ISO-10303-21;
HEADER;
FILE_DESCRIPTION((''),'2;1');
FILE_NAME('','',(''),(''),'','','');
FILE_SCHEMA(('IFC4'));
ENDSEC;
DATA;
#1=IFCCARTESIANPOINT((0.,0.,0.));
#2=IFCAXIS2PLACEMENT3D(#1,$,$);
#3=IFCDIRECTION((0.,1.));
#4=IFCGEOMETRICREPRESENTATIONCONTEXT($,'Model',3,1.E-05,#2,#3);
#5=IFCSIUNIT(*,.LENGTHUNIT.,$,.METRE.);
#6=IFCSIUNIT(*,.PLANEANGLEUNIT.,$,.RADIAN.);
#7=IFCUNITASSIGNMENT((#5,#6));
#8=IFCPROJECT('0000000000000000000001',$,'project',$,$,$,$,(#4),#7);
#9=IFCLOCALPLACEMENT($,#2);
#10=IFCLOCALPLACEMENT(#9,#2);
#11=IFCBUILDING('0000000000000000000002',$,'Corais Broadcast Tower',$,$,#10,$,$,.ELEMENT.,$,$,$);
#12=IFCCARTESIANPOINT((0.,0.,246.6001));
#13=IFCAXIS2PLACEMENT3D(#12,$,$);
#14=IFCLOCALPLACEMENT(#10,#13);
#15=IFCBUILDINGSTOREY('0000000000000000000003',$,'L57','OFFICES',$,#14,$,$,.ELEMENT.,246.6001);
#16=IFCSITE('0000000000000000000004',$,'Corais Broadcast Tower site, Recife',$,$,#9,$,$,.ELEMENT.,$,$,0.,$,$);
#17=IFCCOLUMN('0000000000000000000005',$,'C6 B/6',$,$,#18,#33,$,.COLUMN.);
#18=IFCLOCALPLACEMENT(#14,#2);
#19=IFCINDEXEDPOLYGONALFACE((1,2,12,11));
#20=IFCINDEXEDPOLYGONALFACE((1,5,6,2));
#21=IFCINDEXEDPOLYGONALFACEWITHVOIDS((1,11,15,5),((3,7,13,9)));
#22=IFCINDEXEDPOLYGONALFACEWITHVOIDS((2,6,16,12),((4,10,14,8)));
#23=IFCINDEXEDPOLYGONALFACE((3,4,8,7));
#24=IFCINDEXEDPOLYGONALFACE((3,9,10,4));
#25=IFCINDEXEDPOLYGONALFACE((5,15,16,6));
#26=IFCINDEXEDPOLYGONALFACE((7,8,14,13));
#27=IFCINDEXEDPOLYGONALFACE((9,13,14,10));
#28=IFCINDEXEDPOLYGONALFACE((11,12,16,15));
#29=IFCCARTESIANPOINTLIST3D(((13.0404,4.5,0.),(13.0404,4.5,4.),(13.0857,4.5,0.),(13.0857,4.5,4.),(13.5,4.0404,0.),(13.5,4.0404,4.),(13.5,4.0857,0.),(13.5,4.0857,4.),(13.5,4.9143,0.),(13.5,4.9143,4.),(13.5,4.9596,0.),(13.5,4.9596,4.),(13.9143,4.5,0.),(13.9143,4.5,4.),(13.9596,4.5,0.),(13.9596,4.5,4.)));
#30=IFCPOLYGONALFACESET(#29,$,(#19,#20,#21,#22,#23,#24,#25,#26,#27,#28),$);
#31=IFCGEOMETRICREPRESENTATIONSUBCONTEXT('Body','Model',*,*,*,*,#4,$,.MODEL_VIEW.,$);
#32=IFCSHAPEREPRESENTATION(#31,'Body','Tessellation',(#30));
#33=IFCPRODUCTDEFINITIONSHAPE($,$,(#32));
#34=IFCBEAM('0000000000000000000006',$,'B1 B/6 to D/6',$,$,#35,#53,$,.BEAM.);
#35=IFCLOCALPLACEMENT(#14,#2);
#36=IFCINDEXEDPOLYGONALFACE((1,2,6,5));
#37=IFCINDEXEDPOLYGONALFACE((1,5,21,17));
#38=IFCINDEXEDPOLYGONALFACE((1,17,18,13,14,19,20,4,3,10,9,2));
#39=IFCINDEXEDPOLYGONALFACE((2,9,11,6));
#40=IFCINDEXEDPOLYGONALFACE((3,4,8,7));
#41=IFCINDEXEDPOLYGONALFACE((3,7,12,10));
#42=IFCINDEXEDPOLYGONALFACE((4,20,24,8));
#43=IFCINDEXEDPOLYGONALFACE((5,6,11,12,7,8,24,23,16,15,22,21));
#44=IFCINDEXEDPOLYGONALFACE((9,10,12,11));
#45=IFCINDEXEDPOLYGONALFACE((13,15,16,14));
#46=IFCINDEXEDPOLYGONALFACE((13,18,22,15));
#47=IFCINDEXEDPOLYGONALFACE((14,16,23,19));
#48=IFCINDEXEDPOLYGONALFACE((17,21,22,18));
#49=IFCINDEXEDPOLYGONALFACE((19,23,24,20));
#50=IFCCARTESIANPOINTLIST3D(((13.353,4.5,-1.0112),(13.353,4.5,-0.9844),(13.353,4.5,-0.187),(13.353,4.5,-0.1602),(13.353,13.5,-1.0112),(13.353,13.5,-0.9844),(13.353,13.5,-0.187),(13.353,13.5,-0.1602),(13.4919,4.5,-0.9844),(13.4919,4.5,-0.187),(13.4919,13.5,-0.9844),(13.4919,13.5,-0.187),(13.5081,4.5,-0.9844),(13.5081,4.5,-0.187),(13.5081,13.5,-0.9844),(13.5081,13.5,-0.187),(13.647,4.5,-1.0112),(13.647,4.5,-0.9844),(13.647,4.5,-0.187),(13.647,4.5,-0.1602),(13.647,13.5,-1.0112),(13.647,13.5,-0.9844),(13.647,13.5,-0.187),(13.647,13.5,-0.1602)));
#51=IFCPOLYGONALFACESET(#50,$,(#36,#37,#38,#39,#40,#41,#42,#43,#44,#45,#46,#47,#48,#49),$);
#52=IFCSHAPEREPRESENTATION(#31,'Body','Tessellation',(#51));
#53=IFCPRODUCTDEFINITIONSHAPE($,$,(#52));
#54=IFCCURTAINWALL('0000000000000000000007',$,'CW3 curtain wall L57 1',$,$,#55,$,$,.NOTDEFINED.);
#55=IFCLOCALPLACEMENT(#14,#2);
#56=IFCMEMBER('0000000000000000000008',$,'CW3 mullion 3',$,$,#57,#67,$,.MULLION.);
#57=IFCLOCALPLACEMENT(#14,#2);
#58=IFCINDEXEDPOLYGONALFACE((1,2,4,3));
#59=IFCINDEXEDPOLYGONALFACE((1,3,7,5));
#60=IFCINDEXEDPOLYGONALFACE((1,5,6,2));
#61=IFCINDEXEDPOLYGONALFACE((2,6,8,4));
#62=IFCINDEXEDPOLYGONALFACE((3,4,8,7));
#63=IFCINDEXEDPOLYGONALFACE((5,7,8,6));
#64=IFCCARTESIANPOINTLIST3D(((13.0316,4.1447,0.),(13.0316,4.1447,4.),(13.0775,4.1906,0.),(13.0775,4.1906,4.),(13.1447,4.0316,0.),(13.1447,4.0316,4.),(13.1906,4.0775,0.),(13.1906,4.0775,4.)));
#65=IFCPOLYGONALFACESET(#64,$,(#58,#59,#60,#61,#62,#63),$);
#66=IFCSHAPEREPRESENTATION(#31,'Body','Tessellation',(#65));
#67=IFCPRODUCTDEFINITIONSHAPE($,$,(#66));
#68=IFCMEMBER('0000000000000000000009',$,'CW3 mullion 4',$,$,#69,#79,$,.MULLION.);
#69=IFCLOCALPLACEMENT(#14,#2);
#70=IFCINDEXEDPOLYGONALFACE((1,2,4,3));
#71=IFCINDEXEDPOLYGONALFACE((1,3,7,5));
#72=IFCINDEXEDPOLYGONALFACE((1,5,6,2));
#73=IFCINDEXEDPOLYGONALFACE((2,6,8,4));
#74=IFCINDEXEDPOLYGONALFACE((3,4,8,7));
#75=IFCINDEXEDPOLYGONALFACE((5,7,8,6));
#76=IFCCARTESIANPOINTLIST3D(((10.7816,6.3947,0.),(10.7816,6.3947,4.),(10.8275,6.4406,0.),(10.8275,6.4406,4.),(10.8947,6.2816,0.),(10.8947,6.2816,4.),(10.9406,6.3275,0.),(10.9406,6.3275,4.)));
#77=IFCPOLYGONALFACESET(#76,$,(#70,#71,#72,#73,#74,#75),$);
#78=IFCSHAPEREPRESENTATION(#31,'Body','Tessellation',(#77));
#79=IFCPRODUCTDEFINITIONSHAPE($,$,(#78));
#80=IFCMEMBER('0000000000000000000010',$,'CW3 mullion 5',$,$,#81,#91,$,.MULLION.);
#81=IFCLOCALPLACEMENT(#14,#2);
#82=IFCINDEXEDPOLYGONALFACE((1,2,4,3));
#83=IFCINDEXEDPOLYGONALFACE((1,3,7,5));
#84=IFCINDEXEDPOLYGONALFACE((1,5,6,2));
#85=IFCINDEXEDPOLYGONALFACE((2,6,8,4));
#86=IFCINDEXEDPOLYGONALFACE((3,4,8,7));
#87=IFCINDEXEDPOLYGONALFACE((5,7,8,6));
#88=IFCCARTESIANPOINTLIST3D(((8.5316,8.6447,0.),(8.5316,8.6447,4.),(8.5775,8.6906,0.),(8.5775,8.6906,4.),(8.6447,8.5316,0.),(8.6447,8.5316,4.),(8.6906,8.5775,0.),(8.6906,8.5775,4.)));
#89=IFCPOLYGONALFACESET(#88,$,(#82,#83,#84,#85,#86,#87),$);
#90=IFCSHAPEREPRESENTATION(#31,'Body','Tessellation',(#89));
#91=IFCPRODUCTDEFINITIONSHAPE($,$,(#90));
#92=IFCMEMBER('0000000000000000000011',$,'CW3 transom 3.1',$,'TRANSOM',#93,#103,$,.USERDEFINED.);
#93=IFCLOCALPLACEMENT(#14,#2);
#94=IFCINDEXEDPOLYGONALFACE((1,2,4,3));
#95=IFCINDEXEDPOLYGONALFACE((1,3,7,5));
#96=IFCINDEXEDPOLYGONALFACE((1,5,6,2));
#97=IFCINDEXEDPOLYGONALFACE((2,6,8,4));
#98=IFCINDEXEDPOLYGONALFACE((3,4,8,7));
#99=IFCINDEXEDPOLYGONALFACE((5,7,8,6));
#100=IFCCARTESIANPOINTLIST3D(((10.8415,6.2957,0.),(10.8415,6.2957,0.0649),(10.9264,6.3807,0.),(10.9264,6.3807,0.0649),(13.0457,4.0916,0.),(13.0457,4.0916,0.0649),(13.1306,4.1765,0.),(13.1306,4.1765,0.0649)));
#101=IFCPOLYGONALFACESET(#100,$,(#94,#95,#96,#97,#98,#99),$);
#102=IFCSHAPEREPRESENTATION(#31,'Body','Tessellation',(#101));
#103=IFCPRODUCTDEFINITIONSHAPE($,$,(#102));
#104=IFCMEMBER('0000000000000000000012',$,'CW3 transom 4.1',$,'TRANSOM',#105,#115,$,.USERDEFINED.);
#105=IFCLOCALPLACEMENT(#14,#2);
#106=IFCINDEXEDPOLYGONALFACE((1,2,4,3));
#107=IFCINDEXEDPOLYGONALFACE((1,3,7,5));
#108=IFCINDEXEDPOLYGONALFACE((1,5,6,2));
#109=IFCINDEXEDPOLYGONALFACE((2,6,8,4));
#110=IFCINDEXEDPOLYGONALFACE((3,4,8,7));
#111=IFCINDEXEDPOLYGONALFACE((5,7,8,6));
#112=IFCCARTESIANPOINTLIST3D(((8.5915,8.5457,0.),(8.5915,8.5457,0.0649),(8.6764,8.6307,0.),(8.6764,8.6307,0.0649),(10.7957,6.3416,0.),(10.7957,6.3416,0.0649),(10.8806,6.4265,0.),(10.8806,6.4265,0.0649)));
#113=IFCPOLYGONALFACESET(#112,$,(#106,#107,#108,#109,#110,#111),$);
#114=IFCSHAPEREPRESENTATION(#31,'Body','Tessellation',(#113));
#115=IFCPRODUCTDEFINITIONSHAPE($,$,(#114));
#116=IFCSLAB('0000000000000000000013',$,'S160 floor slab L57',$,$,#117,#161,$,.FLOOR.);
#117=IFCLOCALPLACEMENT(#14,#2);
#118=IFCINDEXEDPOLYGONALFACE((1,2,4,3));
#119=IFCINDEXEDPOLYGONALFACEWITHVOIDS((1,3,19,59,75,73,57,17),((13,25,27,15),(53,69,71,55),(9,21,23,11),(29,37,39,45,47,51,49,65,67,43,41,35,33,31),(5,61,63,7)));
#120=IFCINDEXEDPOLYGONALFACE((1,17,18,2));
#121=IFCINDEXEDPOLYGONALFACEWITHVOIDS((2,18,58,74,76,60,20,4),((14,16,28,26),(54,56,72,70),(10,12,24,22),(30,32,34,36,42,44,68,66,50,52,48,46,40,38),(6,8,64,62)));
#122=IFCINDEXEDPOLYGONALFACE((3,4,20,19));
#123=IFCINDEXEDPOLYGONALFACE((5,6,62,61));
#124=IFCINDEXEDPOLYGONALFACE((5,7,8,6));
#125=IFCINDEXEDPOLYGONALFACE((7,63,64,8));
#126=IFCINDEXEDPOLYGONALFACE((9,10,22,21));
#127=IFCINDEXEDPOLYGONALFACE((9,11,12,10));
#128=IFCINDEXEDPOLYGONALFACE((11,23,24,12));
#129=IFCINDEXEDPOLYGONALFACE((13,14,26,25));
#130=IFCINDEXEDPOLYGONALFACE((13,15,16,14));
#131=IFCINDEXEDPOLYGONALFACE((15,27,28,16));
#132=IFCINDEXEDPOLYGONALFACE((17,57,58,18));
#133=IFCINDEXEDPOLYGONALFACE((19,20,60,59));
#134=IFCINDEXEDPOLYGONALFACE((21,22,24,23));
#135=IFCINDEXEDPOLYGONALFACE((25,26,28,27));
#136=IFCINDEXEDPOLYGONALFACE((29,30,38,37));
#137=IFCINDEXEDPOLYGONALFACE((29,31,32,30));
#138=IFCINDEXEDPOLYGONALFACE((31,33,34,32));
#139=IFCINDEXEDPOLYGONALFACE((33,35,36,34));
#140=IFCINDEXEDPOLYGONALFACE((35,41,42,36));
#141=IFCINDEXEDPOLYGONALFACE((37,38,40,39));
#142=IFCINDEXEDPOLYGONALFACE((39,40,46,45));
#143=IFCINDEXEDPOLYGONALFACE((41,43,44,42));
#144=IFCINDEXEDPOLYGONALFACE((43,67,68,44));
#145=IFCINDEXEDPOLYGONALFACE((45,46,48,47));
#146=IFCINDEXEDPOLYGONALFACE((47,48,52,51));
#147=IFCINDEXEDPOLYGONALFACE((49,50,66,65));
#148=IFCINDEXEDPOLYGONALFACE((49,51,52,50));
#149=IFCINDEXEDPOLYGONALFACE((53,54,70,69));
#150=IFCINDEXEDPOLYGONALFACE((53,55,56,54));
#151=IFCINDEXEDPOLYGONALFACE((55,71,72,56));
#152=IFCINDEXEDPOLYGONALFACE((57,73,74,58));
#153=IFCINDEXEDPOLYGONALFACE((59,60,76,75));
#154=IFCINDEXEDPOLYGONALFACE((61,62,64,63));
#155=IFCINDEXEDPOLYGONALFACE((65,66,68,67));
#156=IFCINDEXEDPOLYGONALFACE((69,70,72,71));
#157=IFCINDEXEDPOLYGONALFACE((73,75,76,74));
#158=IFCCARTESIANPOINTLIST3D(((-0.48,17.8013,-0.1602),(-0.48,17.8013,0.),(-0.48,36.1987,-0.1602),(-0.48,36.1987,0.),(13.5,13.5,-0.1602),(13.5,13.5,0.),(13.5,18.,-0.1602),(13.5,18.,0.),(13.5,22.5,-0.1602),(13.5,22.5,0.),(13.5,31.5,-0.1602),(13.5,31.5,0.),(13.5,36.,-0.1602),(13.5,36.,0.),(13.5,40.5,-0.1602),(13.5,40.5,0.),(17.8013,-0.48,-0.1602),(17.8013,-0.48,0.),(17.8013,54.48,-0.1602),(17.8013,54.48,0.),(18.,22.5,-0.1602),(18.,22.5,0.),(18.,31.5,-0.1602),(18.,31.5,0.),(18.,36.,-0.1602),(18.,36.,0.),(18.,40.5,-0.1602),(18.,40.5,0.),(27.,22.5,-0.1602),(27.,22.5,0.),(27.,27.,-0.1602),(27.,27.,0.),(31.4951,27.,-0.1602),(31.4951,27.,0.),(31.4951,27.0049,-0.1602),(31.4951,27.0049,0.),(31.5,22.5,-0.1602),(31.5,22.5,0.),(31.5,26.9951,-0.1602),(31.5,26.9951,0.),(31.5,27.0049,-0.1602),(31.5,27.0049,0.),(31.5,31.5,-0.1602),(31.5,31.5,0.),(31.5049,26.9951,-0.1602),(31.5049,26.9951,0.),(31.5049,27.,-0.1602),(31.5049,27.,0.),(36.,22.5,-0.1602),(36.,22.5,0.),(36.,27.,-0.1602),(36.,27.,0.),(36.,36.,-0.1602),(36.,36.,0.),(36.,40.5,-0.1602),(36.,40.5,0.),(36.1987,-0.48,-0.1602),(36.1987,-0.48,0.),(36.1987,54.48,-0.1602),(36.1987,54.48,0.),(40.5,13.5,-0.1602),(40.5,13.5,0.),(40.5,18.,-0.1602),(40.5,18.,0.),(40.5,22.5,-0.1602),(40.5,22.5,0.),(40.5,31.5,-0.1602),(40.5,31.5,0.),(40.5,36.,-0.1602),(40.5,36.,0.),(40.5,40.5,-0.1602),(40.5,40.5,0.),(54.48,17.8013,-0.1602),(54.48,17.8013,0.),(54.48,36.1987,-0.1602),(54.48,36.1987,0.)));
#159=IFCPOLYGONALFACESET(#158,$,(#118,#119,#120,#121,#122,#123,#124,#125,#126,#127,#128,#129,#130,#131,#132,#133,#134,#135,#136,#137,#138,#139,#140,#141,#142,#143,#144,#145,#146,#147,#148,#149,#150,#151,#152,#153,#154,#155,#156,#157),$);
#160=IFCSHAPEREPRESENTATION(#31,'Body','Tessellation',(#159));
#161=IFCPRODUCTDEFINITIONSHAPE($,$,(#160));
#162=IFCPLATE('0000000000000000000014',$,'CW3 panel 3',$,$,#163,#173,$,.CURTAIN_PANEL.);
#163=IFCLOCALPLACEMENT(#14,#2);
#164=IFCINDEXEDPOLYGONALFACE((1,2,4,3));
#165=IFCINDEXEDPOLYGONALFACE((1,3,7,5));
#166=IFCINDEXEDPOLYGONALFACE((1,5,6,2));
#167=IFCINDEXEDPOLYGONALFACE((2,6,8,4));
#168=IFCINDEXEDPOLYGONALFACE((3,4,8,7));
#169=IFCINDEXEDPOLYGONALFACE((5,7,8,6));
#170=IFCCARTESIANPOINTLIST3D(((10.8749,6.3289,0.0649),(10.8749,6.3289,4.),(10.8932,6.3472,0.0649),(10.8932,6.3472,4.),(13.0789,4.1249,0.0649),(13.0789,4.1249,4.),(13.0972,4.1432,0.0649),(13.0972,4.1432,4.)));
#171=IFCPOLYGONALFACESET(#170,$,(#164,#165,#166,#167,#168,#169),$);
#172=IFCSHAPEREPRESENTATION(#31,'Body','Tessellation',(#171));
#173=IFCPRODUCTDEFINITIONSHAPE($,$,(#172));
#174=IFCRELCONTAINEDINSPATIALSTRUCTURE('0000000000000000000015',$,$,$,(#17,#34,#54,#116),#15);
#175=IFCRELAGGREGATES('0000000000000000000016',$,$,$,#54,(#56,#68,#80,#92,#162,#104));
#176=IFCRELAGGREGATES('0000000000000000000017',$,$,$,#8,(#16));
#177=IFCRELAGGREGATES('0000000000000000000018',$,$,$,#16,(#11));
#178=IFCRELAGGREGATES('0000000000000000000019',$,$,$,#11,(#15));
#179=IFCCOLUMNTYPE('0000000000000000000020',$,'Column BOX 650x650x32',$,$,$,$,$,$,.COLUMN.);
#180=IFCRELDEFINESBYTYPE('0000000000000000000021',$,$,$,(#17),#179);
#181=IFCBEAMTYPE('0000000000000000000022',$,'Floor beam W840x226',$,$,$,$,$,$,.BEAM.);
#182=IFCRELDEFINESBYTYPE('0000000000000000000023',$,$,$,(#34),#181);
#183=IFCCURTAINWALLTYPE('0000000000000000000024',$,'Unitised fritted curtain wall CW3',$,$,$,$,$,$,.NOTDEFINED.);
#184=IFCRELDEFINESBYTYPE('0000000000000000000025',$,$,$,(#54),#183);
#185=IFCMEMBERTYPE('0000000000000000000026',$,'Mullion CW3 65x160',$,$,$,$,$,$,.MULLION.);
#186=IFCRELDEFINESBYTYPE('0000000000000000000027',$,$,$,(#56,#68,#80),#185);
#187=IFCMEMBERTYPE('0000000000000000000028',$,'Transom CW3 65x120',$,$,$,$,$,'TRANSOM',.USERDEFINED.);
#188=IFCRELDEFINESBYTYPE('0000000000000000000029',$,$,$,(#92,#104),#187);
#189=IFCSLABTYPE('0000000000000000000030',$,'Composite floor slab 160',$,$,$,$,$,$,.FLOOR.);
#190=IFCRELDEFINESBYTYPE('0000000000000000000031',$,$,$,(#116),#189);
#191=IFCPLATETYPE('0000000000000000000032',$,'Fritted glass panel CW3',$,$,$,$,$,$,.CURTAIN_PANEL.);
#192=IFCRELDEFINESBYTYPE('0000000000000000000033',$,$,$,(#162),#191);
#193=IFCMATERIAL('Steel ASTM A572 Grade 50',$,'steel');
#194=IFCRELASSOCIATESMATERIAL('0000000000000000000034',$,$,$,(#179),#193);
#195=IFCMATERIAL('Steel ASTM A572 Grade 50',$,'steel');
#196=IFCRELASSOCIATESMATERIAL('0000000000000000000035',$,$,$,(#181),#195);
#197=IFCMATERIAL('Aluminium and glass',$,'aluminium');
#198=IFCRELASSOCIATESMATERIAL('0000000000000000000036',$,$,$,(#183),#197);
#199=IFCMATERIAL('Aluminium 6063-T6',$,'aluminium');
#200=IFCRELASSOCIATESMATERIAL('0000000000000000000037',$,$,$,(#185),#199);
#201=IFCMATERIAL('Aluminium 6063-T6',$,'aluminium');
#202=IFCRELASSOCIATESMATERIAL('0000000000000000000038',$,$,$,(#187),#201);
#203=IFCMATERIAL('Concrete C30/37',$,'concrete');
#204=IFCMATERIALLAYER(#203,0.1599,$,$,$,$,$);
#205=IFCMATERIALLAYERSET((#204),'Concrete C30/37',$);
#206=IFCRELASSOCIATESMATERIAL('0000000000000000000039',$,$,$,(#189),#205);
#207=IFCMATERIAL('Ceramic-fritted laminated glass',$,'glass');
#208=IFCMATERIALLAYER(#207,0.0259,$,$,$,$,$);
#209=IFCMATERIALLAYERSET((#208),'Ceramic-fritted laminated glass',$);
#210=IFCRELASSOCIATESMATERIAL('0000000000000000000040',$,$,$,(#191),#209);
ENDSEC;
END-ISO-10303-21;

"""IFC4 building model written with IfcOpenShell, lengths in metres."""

from ifc_helpers import new_model, si_unit, direction, frame, origin, origin_2d, place, context, subcontext, project, spatial, polyline, rectangle, hollow_rectangle, i_section, outline, extrude, material, layer, layer_set, material_profile, profile_set, type_object, element, aggregate, save


model = new_model("IFC4")

# Units and contexts
model_context = context("Model", 3, precision=1e-05, world=origin(), true_north=direction((0.0, 1.0)))
body_context = subcontext(model_context, "Body", "Model", "MODEL_VIEW")
ifc_project = project(units=[si_unit("LENGTHUNIT", "METRE"), si_unit("PLANEANGLEUNIT", "RADIAN")], contexts=[model_context])

# Site, building, storey
site_placement = place(None, origin())
site = spatial("IfcSite", under=ifc_project, at=site_placement, Name="Corais Broadcast Tower site, Recife", CompositionType="ELEMENT", RefElevation=0.0)
building_placement = place(site_placement, origin())
building = spatial("IfcBuilding", under=site, at=building_placement, Name="Corais Broadcast Tower", CompositionType="ELEMENT")
storey_placement = place(building_placement, frame((0.0, 0.0, 246.6001)))
storey = spatial("IfcBuildingStorey", under=building, at=storey_placement, Name="L57", Description="OFFICES", CompositionType="ELEMENT", Elevation=246.6001)

# Column
ifc_material_1 = material(Name="Steel ASTM A572 Grade 50", Category="steel")
ifc_material_profile_1 = material_profile(ifc_material_1, hollow_rectangle(XDim=0.6499, YDim=0.6499, WallThickness=0.032, at=origin_2d()), Name="BOX 650x650x32")
ifc_profile_set_1 = profile_set([ifc_material_profile_1], Name="Steel ASTM A572 Grade 50")
column_type = type_object("IfcColumnType", Name="Column BOX 650x650x32", PredefinedType="COLUMN", material=ifc_profile_set_1)
column_placement = place(storey_placement, frame((13.5, 4.5, 0.0), z_axis=(0.0, 0.0, 1.0), x_axis=(0.707107, 0.707107, 0.0)))
element("IfcColumn", 1, at=column_placement, inside=storey, type_object=column_type, Name="C6 B/6", PredefinedType="COLUMN", context=body_context, shape_type="SweptSolid", body=[
    extrude(hollow_rectangle(XDim=0.6499, YDim=0.6499, WallThickness=0.032, at=origin_2d()), origin(), (0.0, 0.0, 1.0), 4.0),
])

# Beam
ifc_material_2 = material(Name="Steel ASTM A572 Grade 50", Category="steel")
ifc_material_profile_2 = material_profile(ifc_material_2, i_section(OverallWidth=0.2939, OverallDepth=0.8511, WebThickness=0.0161, FlangeThickness=0.0269, at=origin_2d()), Name="W840x226")
ifc_profile_set_2 = profile_set([ifc_material_profile_2], Name="Steel ASTM A572 Grade 50")
beam_type = type_object("IfcBeamType", Name="Floor beam W840x226", PredefinedType="BEAM", material=ifc_profile_set_2)
beam_placement = place(storey_placement, frame((13.5, 4.5, -0.5857), z_axis=(0.0, 1.0, 0.0), x_axis=(-1.0, 0.0, 0.0)))
element("IfcBeam", 2, at=beam_placement, inside=storey, type_object=beam_type, Name="B1 B/6 to D/6", PredefinedType="BEAM", context=body_context, shape_type="SweptSolid", body=[
    extrude(i_section(OverallWidth=0.2939, OverallDepth=0.8511, WebThickness=0.0161, FlangeThickness=0.0269, at=origin_2d()), origin(), (0.0, 0.0, 1.0), 9.0),
])

# Curtain wall, members
ifc_material_3 = material(Name="Aluminium and glass", Category="aluminium")
curtain_wall_type = type_object("IfcCurtainWallType", Name="Unitised fritted curtain wall CW3", PredefinedType="NOTDEFINED", material=ifc_material_3)
curtain_wall_placement = place(storey_placement, origin())
curtain_wall = element("IfcCurtainWall", 3, at=curtain_wall_placement, inside=storey, type_object=curtain_wall_type, Name="CW3 curtain wall L57 1", PredefinedType="NOTDEFINED")
ifc_material_4 = material(Name="Aluminium 6063-T6", Category="aluminium")
ifc_material_profile_3 = material_profile(ifc_material_4, rectangle(XDim=0.0649, YDim=0.1599, at=origin_2d()), Name="Mullion CW3 65x160")
ifc_profile_set_3 = profile_set([ifc_material_profile_3], Name="Aluminium 6063-T6")
member_type_1 = type_object("IfcMemberType", Name="Mullion CW3 65x160", PredefinedType="MULLION", material=ifc_profile_set_3)
member_1_placement = place(storey_placement, frame((13.1111, 4.1111, 0.0), z_axis=(0.0, 0.0, 1.0), x_axis=(-0.707107, -0.707107, 0.0)))
member_1 = element("IfcMember", 4, at=member_1_placement, type_object=member_type_1, Name="CW3 mullion 3", PredefinedType="MULLION", context=body_context, shape_type="SweptSolid", body=[
    extrude(rectangle(XDim=0.0649, YDim=0.1599, at=origin_2d()), origin(), (0.0, 0.0, 1.0), 4.0),
])
member_2_placement = place(storey_placement, frame((10.8611, 6.3611, 0.0), z_axis=(0.0, 0.0, 1.0), x_axis=(-0.707107, -0.707107, 0.0)))
member_2 = element("IfcMember", 5, at=member_2_placement, type_object=member_type_1, Name="CW3 mullion 4", PredefinedType="MULLION", context=body_context, shape_type="SweptSolid", body=[
    extrude(rectangle(XDim=0.0649, YDim=0.1599, at=origin_2d()), origin(), (0.0, 0.0, 1.0), 4.0),
])
member_3_placement = place(storey_placement, frame((8.6111, 8.6111, 0.0), z_axis=(0.0, 0.0, 1.0), x_axis=(-0.707107, -0.707107, 0.0)))
member_3 = element("IfcMember", 6, at=member_3_placement, type_object=member_type_1, Name="CW3 mullion 5", PredefinedType="MULLION", context=body_context, shape_type="SweptSolid", body=[
    extrude(rectangle(XDim=0.0649, YDim=0.1599, at=origin_2d()), origin(), (0.0, 0.0, 1.0), 4.0),
])
ifc_material_5 = material(Name="Aluminium 6063-T6", Category="aluminium")
ifc_material_profile_4 = material_profile(ifc_material_5, rectangle(XDim=0.1201, YDim=0.0649, at=origin_2d()), Name="Transom CW3 65x120")
ifc_profile_set_4 = profile_set([ifc_material_profile_4], Name="Aluminium 6063-T6")
member_type_2 = type_object("IfcMemberType", Name="Transom CW3 65x120", ElementType="TRANSOM", PredefinedType="USERDEFINED", material=ifc_profile_set_4)
member_4_placement = place(storey_placement, frame((13.0881, 4.134, 0.0325), z_axis=(-0.707107, 0.707107, 0.0), x_axis=(-0.707107, -0.707107, 0.0)))
member_4 = element("IfcMember", 7, at=member_4_placement, type_object=member_type_2, Name="CW3 transom 3.1", ObjectType="TRANSOM", PredefinedType="USERDEFINED", context=body_context, shape_type="SweptSolid", body=[
    extrude(rectangle(XDim=0.1201, YDim=0.0649, at=origin_2d()), origin(), (0.0, 0.0, 1.0), 3.1172),
])
member_5_placement = place(storey_placement, frame((10.8381, 6.384, 0.0325), z_axis=(-0.707107, 0.707107, 0.0), x_axis=(-0.707107, -0.707107, 0.0)))
member_5 = element("IfcMember", 8, at=member_5_placement, type_object=member_type_2, Name="CW3 transom 4.1", ObjectType="TRANSOM", PredefinedType="USERDEFINED", context=body_context, shape_type="SweptSolid", body=[
    extrude(rectangle(XDim=0.1201, YDim=0.0649, at=origin_2d()), origin(), (0.0, 0.0, 1.0), 3.1172),
])

# Slab
ifc_material_6 = material(Name="Concrete C30/37", Category="concrete")
ifc_layer_1 = layer(ifc_material_6, 0.1599)
ifc_layer_set_1 = layer_set([ifc_layer_1], Name="Concrete C30/37")
slab_type_1 = type_object("IfcSlabType", Name="Composite floor slab 160", PredefinedType="FLOOR", material=ifc_layer_set_1)
slab_1_placement = place(storey_placement, frame((0.0, 0.0, -0.1602)))
element("IfcSlab", 9, at=slab_1_placement, inside=storey, type_object=slab_type_1, Name="S160 floor slab L57", PredefinedType="FLOOR", context=body_context, shape_type="SweptSolid", body=[
    extrude(outline(polyline([(17.8013, -0.48), (-0.48, 17.8013), (-0.48, 36.1987), (17.8013, 54.48), (36.1987, 54.48), (54.48, 36.1987), (54.48, 17.8013), (36.1987, -0.48), (17.8013, -0.48)]), holes=[polyline([(13.5, 18.0), (40.5, 18.0), (40.5, 13.5), (13.5, 13.5), (13.5, 18.0)]), polyline([(18.0, 22.5), (13.5, 22.5), (13.5, 31.5), (18.0, 31.5), (18.0, 22.5)]), polyline([(18.0, 36.0), (13.5, 36.0), (13.5, 40.5), (18.0, 40.5), (18.0, 36.0)]), polyline([(31.5, 22.5), (27.0, 22.5), (27.0, 27.0), (31.4951, 27.0), (31.4951, 27.0049), (31.5, 27.0049), (31.5, 31.5), (40.5, 31.5), (40.5, 22.5), (36.0, 22.5), (36.0, 27.0), (31.5049, 27.0), (31.5049, 26.9951), (31.5, 26.9951), (31.5, 22.5)]), polyline([(40.5, 36.0), (36.0, 36.0), (36.0, 40.5), (40.5, 40.5), (40.5, 36.0)])]), origin(), (0.0, 0.0, 1.0), 0.1602),
])

# Plate
ifc_material_7 = material(Name="Ceramic-fritted laminated glass", Category="glass")
ifc_layer_2 = layer(ifc_material_7, 0.0259)
ifc_layer_set_2 = layer_set([ifc_layer_2], Name="Ceramic-fritted laminated glass")
plate_type_1 = type_object("IfcPlateType", Name="Fritted glass panel CW3", PredefinedType="CURTAIN_PANEL", material=ifc_layer_set_2)
plate_1_placement = place(storey_placement, frame((11.9861, 5.2361, 0.0649), z_axis=(0.0, 0.0, 1.0), x_axis=(-0.707107, 0.707107, 0.0)))
plate_1 = element("IfcPlate", 10, at=plate_1_placement, type_object=plate_type_1, Name="CW3 panel 3", PredefinedType="CURTAIN_PANEL", context=body_context, shape_type="SweptSolid", body=[
    extrude(rectangle(XDim=3.1169, YDim=0.0259, at=origin_2d()), origin(), (0.0, 0.0, 1.0), 3.9351),
])
aggregate(curtain_wall, [member_1, member_2, member_3, member_4, plate_1, member_5])

save(model, "model.ifc")
